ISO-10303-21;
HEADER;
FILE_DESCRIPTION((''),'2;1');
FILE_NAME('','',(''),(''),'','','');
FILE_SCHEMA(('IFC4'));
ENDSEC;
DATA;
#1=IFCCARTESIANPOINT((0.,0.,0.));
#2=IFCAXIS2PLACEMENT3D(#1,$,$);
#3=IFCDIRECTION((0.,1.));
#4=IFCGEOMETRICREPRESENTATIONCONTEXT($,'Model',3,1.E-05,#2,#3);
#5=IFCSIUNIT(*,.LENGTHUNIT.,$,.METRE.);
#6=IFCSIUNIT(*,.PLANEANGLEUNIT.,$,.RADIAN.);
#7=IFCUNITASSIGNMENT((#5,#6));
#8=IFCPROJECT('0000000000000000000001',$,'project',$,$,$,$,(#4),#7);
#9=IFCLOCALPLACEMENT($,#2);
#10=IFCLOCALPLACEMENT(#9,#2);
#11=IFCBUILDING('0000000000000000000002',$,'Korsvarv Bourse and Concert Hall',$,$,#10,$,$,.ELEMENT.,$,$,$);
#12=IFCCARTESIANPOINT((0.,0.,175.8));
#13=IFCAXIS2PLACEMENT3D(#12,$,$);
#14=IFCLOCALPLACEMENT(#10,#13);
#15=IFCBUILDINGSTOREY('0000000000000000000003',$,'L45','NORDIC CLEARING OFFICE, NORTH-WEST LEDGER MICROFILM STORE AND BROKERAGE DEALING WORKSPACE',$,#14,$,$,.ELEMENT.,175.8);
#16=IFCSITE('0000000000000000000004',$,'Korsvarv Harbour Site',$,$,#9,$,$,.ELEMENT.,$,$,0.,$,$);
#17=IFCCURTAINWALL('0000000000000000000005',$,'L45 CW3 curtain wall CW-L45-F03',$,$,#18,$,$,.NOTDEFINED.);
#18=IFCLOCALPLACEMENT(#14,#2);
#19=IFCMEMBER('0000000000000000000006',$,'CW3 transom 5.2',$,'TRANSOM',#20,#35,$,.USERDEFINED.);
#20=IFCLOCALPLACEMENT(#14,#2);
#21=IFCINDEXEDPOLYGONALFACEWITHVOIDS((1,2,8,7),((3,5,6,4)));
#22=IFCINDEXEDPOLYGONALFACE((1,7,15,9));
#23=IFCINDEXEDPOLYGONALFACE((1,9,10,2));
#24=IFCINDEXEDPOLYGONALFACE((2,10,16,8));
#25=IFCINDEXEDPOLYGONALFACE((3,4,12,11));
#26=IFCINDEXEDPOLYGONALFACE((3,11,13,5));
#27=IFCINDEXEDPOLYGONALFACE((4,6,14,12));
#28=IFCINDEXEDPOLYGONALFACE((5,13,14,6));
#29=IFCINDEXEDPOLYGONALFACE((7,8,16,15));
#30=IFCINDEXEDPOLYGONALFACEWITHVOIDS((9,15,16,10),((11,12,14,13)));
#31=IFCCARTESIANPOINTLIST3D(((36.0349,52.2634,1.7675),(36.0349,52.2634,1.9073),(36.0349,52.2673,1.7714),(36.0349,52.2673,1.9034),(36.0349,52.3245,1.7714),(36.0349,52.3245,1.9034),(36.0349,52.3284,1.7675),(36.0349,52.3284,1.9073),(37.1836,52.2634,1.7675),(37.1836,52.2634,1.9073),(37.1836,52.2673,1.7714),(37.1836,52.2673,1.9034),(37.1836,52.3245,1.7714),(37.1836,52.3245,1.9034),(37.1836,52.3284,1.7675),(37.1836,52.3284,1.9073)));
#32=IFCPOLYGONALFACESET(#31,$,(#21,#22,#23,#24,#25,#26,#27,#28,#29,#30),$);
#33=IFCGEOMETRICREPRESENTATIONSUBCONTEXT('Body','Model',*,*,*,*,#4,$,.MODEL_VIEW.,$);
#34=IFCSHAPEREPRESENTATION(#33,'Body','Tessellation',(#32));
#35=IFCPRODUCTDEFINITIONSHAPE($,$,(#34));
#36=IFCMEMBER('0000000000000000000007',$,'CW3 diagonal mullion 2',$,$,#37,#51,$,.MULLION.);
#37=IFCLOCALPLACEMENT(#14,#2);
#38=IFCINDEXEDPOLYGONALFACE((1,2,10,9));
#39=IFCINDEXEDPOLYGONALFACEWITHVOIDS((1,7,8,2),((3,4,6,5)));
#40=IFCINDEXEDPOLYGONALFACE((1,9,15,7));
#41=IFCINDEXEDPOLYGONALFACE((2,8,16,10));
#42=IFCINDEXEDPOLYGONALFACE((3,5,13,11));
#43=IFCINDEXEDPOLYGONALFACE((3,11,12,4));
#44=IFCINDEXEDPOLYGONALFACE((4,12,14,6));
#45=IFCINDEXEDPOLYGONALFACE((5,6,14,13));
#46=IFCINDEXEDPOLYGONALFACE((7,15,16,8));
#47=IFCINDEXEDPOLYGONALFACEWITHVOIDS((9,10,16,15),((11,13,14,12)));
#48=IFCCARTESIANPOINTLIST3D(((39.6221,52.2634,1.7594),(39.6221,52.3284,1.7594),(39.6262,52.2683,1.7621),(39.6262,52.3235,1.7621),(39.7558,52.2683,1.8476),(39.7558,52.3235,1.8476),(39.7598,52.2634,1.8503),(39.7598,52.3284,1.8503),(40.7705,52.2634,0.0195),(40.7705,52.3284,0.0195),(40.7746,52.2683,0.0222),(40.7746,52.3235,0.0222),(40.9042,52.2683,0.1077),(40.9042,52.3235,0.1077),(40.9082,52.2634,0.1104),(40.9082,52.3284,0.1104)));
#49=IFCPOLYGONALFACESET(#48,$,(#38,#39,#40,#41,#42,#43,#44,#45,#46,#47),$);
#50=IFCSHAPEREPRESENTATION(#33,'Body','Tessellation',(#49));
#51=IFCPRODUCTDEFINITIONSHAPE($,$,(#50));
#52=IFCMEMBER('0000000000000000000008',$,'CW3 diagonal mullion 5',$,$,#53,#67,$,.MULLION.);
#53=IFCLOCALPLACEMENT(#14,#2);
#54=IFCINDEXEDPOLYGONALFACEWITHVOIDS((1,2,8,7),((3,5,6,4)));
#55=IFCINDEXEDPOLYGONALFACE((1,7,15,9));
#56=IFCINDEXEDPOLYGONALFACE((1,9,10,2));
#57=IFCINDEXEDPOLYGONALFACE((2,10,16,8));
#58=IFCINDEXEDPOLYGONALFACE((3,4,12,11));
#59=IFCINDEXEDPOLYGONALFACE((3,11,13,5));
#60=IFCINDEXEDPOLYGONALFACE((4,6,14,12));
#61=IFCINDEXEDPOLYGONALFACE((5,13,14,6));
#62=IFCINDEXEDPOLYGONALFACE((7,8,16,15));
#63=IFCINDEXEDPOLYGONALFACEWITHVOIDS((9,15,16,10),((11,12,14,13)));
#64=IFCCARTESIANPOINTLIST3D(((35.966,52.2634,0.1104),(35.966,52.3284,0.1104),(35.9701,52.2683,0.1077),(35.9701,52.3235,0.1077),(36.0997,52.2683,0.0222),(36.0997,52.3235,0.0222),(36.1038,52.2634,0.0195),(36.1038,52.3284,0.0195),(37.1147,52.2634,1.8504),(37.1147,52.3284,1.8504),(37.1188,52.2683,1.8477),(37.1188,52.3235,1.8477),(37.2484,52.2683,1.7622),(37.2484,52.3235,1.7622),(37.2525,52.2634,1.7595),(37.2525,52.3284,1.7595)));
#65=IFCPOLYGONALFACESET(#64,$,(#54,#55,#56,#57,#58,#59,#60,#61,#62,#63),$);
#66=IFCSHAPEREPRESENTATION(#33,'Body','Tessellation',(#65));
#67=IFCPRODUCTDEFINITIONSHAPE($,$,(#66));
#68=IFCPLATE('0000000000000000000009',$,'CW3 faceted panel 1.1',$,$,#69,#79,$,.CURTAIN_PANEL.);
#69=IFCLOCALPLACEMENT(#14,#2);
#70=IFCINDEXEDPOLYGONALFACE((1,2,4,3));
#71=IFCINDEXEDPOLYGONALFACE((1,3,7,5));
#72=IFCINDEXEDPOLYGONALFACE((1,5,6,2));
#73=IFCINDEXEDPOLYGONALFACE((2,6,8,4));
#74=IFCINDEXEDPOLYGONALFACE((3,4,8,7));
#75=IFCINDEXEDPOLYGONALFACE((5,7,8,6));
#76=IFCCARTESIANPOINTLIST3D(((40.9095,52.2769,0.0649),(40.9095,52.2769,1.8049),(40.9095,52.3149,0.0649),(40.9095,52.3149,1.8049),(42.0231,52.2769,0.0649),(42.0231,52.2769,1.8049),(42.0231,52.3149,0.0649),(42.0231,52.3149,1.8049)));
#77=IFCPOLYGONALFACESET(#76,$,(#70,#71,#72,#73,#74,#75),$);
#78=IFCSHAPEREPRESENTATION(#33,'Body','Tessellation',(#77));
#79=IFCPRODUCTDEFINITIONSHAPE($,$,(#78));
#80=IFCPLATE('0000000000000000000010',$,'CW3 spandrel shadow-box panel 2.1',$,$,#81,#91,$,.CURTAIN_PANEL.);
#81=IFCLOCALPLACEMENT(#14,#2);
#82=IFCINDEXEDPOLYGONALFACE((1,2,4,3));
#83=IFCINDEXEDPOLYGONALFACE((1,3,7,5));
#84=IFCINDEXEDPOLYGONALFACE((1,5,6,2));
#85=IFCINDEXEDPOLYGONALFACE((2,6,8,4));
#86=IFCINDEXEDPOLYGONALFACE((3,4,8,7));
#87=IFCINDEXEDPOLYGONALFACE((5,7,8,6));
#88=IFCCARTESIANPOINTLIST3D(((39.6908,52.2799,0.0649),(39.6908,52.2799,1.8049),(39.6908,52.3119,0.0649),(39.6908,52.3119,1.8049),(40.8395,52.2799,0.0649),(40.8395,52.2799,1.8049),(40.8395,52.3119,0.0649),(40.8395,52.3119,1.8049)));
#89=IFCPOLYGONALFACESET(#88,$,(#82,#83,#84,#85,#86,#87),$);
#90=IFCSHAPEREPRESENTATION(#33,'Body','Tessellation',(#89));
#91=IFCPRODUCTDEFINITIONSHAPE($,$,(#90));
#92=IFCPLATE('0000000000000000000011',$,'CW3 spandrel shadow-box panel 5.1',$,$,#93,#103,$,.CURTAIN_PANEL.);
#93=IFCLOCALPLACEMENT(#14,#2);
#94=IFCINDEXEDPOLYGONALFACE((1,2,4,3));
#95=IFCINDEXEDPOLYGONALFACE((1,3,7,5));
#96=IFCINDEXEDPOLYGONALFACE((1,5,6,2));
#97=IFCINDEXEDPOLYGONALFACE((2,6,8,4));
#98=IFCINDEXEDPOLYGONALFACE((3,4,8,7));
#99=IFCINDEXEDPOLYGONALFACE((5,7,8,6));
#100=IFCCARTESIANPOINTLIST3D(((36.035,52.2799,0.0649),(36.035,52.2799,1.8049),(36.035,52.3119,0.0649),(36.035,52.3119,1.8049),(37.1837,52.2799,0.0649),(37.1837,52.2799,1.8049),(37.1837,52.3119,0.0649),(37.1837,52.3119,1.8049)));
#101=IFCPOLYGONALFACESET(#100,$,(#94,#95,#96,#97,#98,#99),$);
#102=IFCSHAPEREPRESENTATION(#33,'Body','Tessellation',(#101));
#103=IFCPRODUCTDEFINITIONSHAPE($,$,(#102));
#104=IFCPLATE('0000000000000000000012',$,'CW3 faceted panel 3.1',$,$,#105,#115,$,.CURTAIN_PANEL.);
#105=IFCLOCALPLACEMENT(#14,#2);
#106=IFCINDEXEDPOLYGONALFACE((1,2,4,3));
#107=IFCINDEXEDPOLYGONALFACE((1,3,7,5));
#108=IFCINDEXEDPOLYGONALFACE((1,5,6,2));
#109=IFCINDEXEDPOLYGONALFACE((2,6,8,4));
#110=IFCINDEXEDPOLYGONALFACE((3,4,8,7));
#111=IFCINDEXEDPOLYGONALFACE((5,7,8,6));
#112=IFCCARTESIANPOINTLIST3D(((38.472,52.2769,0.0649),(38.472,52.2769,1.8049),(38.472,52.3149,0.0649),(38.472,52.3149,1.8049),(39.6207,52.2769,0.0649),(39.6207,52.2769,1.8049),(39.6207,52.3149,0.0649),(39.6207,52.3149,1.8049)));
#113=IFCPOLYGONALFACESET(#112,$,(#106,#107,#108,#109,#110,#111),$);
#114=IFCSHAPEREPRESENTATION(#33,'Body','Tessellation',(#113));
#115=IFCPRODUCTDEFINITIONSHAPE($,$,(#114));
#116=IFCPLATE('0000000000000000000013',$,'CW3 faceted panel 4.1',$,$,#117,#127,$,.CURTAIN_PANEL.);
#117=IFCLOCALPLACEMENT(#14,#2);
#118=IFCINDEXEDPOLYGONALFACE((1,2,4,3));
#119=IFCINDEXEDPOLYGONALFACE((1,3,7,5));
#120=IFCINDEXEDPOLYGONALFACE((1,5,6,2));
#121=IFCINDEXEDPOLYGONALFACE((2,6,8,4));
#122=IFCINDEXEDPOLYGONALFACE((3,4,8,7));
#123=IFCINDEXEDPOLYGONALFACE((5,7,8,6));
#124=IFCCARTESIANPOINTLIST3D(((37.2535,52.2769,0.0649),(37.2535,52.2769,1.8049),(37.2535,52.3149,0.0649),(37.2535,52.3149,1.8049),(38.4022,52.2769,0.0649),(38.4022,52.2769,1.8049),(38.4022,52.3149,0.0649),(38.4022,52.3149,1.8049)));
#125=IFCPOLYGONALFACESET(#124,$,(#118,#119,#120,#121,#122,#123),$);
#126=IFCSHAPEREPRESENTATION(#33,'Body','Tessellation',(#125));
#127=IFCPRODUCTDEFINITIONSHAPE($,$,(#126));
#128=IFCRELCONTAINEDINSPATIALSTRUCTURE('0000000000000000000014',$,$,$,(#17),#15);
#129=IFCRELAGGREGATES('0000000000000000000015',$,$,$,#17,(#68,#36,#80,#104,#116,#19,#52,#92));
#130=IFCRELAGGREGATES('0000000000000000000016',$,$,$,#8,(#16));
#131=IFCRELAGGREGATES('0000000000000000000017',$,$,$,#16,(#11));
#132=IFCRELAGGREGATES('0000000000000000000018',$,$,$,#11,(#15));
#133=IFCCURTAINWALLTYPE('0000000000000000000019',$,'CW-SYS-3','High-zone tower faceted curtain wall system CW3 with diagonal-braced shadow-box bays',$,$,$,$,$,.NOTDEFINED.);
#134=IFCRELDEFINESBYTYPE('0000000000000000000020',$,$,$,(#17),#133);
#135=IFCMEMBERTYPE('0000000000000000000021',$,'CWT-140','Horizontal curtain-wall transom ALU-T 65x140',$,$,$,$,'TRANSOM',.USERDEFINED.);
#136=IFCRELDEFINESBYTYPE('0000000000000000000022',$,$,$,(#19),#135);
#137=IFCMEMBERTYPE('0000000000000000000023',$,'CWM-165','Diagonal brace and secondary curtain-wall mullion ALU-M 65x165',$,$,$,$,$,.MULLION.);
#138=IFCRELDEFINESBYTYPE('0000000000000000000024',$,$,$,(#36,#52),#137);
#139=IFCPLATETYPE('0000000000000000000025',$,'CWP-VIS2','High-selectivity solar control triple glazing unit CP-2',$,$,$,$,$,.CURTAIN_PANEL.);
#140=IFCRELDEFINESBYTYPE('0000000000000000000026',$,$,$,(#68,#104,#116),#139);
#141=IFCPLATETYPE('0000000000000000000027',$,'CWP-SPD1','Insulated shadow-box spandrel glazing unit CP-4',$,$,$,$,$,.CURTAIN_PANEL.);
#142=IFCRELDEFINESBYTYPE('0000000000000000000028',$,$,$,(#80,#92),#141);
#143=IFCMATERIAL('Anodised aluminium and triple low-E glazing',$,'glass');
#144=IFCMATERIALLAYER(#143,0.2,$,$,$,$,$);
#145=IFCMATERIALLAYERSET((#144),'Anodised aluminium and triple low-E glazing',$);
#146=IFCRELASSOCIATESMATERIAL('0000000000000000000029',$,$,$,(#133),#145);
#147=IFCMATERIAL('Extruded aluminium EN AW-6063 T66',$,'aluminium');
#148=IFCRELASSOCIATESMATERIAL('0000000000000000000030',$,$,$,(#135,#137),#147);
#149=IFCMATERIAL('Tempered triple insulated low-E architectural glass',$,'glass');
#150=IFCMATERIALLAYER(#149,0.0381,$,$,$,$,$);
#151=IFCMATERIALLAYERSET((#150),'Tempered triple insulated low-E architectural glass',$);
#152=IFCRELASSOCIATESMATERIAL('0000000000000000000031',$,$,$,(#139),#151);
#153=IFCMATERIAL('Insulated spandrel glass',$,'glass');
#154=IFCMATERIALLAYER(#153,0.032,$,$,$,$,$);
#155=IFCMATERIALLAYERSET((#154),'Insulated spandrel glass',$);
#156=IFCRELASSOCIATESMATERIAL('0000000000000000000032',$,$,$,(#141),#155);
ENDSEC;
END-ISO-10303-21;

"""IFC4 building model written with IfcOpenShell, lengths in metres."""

from ifc_helpers import new_model, si_unit, direction, frame, origin, origin_2d, place, context, subcontext, project, spatial, rectangle, hollow_rectangle, extrude, source, transform, mapped, material, layer, layer_set, material_profile, profile_set, type_object, element, aggregate, save


model = new_model("IFC4")

# Units and contexts
model_context = context("Model", 3, precision=1e-05, world=origin(), true_north=direction((0.0, 1.0)))
body_context = subcontext(model_context, "Body", "Model", "MODEL_VIEW")
ifc_project = project(units=[si_unit("LENGTHUNIT", "METRE"), si_unit("PLANEANGLEUNIT", "RADIAN")], contexts=[model_context])

# Site, building, storey
site_placement = place(None, origin())
site = spatial("IfcSite", under=ifc_project, at=site_placement, Name="Korsvarv Harbour Site", CompositionType="ELEMENT", RefElevation=0.0)
building_placement = place(site_placement, origin())
building = spatial("IfcBuilding", under=site, at=building_placement, Name="Korsvarv Bourse and Concert Hall", CompositionType="ELEMENT")
storey_placement = place(building_placement, frame((0.0, 0.0, 175.8)))
storey = spatial("IfcBuildingStorey", under=building, at=storey_placement, Name="L45", Description="NORDIC CLEARING OFFICE, NORTH-WEST LEDGER MICROFILM STORE AND BROKERAGE DEALING WORKSPACE", CompositionType="ELEMENT", Elevation=175.8)

# Curtain wall, members, plates
ifc_material_1 = material(Name="Anodised aluminium and triple low-E glazing", Category="glass")
ifc_layer_1 = layer(ifc_material_1, 0.2)
ifc_layer_set_1 = layer_set([ifc_layer_1], Name="Anodised aluminium and triple low-E glazing")
curtain_wall_type = type_object("IfcCurtainWallType", Name="CW-SYS-3", Description="High-zone tower faceted curtain wall system CW3 with diagonal-braced shadow-box bays", PredefinedType="NOTDEFINED", material=ifc_layer_set_1)
curtain_wall_placement = place(storey_placement, origin())
curtain_wall = element("IfcCurtainWall", 1, at=curtain_wall_placement, inside=storey, type_object=curtain_wall_type, Name="L45 CW3 curtain wall CW-L45-F03", PredefinedType="NOTDEFINED")
ifc_material_2 = material(Name="Extruded aluminium EN AW-6063 T66", Category="aluminium")
ifc_material_profile_1 = material_profile(ifc_material_2, hollow_rectangle(XDim=0.0649, YDim=0.1399, WallThickness=0.0039, at=origin_2d()), Name="ALU-T 65x140")
ifc_profile_set_1 = profile_set([ifc_material_profile_1], Name="Extruded aluminium EN AW-6063 T66")
member_type_1 = type_object("IfcMemberType", Name="CWT-140", Description="Horizontal curtain-wall transom ALU-T 65x140", ElementType="TRANSOM", PredefinedType="USERDEFINED", material=ifc_profile_set_1)
shared_shape_1 = source(origin(), body_context, "Body", "SweptSolid", [
    extrude(hollow_rectangle(XDim=0.0649, YDim=0.1399, WallThickness=0.0039, at=origin_2d()), origin(), (0.0, 0.0, 1.0), 1.1487),
])
member_1_placement = place(storey_placement, frame((37.1836, 52.2959, 1.8374), z_axis=(-1.0, 0.0, 0.0), x_axis=(0.0, -1.0, 0.0)))
member_1 = element("IfcMember", 2, at=member_1_placement, type_object=member_type_1, Name="CW3 transom 5.2", ObjectType="TRANSOM", PredefinedType="USERDEFINED", context=body_context, shape_type="MappedRepresentation", body=[
    mapped(shared_shape_1, transform((0.0, 0.0, 0.0), scale=1.0)),
])
ifc_material_profile_2 = material_profile(ifc_material_2, hollow_rectangle(XDim=0.0649, YDim=0.165, WallThickness=0.0049, at=origin_2d()), Name="ALU-M 65x165")
ifc_profile_set_2 = profile_set([ifc_material_profile_2], Name="Extruded aluminium EN AW-6063 T66")
member_type_2 = type_object("IfcMemberType", Name="CWM-165", Description="Diagonal brace and secondary curtain-wall mullion ALU-M 65x165", PredefinedType="MULLION", material=ifc_profile_set_2)
shared_shape_2 = source(origin(), body_context, "Body", "SweptSolid", [
    extrude(hollow_rectangle(XDim=0.0649, YDim=0.165, WallThickness=0.0049, at=origin_2d()), origin(), (0.0, 0.0, 1.0), 2.0847),
])
member_2_placement = place(storey_placement, frame((40.8394, 52.2959, 0.0649), z_axis=(-0.550857, 0.0, 0.8346), x_axis=(0.0, -1.0, 0.0)))
member_2 = element("IfcMember", 3, at=member_2_placement, type_object=member_type_2, Name="CW3 diagonal mullion 2", PredefinedType="MULLION", context=body_context, shape_type="MappedRepresentation", body=[
    mapped(shared_shape_2, transform((0.0, 0.0, 0.0), scale=1.0)),
])
shared_shape_3 = source(origin(), body_context, "Body", "SweptSolid", [
    extrude(hollow_rectangle(XDim=0.0649, YDim=0.165, WallThickness=0.0049, at=origin_2d()), origin(), (0.0, 0.0, 1.0), 2.085),
])
member_3_placement = place(storey_placement, frame((36.0349, 52.2959, 0.0649), z_axis=(0.550938, 0.0, 0.834546), x_axis=(0.0, 1.0, 0.0)))
member_3 = element("IfcMember", 4, at=member_3_placement, type_object=member_type_2, Name="CW3 diagonal mullion 5", PredefinedType="MULLION", context=body_context, shape_type="MappedRepresentation", body=[
    mapped(shared_shape_3, transform((0.0, 0.0, 0.0), scale=1.0)),
])
ifc_material_3 = material(Name="Tempered triple insulated low-E architectural glass", Category="glass")
ifc_layer_2 = layer(ifc_material_3, 0.0381)
ifc_layer_set_2 = layer_set([ifc_layer_2], Name="Tempered triple insulated low-E architectural glass")
plate_type_1 = type_object("IfcPlateType", Name="CWP-VIS2", Description="High-selectivity solar control triple glazing unit CP-2", PredefinedType="CURTAIN_PANEL", material=ifc_layer_set_2)
shared_shape_4 = source(origin(), body_context, "Body", "SweptSolid", [
    extrude(rectangle(XDim=1.1135, YDim=0.0381, at=origin_2d()), origin(), (0.0, 0.0, 1.0), 1.74),
])
plate_1_placement = place(storey_placement, frame((41.4663, 52.2959, 0.0649), z_axis=(0.0, 0.0, 1.0), x_axis=(-1.0, 0.0, 0.0)))
plate_1 = element("IfcPlate", 5, at=plate_1_placement, type_object=plate_type_1, Name="CW3 faceted panel 1.1", PredefinedType="CURTAIN_PANEL", context=body_context, shape_type="MappedRepresentation", body=[
    mapped(shared_shape_4, transform((0.0, 0.0, 0.0), scale=1.0)),
])
ifc_material_4 = material(Name="Insulated spandrel glass", Category="glass")
ifc_layer_3 = layer(ifc_material_4, 0.032)
ifc_layer_set_3 = layer_set([ifc_layer_3], Name="Insulated spandrel glass")
plate_type_2 = type_object("IfcPlateType", Name="CWP-SPD1", Description="Insulated shadow-box spandrel glazing unit CP-4", PredefinedType="CURTAIN_PANEL", material=ifc_layer_set_3)
shared_shape_5 = source(origin(), body_context, "Body", "SweptSolid", [
    extrude(rectangle(XDim=1.1487, YDim=0.032, at=origin_2d()), origin(), (0.0, 0.0, 1.0), 1.74),
])
plate_2_placement = place(storey_placement, frame((40.2651, 52.2959, 0.0649), z_axis=(0.0, 0.0, 1.0), x_axis=(-1.0, 0.0, 0.0)))
plate_2 = element("IfcPlate", 6, at=plate_2_placement, type_object=plate_type_2, Name="CW3 spandrel shadow-box panel 2.1", PredefinedType="CURTAIN_PANEL", context=body_context, shape_type="MappedRepresentation", body=[
    mapped(shared_shape_5, transform((0.0, 0.0, 0.0), scale=1.0)),
])
plate_3_placement = place(storey_placement, frame((36.6094, 52.2959, 0.0649), z_axis=(0.0, 0.0, 1.0), x_axis=(-1.0, 0.0, 0.0)))
plate_3 = element("IfcPlate", 7, at=plate_3_placement, type_object=plate_type_2, Name="CW3 spandrel shadow-box panel 5.1", PredefinedType="CURTAIN_PANEL", context=body_context, shape_type="MappedRepresentation", body=[
    mapped(shared_shape_5, transform((0.0, 0.0, 0.0), scale=1.0)),
])
shared_shape_6 = source(origin(), body_context, "Body", "SweptSolid", [
    extrude(rectangle(XDim=1.1487, YDim=0.0381, at=origin_2d()), origin(), (0.0, 0.0, 1.0), 1.74),
])
plate_4_placement = place(storey_placement, frame((39.0464, 52.2959, 0.0649), z_axis=(0.0, 0.0, 1.0), x_axis=(-1.0, 0.0, 0.0)))
plate_4 = element("IfcPlate", 8, at=plate_4_placement, type_object=plate_type_1, Name="CW3 faceted panel 3.1", PredefinedType="CURTAIN_PANEL", context=body_context, shape_type="MappedRepresentation", body=[
    mapped(shared_shape_6, transform((0.0, 0.0, 0.0), scale=1.0)),
])
plate_5_placement = place(storey_placement, frame((37.8279, 52.2959, 0.0649), z_axis=(0.0, 0.0, 1.0), x_axis=(-1.0, 0.0, 0.0)))
plate_5 = element("IfcPlate", 9, at=plate_5_placement, type_object=plate_type_1, Name="CW3 faceted panel 4.1", PredefinedType="CURTAIN_PANEL", context=body_context, shape_type="MappedRepresentation", body=[
    mapped(shared_shape_6, transform((0.0, 0.0, 0.0), scale=1.0)),
])
aggregate(curtain_wall, [plate_1, member_2, plate_2, plate_4, plate_5, member_1, member_3, plate_3])

save(model, "model.ifc")
